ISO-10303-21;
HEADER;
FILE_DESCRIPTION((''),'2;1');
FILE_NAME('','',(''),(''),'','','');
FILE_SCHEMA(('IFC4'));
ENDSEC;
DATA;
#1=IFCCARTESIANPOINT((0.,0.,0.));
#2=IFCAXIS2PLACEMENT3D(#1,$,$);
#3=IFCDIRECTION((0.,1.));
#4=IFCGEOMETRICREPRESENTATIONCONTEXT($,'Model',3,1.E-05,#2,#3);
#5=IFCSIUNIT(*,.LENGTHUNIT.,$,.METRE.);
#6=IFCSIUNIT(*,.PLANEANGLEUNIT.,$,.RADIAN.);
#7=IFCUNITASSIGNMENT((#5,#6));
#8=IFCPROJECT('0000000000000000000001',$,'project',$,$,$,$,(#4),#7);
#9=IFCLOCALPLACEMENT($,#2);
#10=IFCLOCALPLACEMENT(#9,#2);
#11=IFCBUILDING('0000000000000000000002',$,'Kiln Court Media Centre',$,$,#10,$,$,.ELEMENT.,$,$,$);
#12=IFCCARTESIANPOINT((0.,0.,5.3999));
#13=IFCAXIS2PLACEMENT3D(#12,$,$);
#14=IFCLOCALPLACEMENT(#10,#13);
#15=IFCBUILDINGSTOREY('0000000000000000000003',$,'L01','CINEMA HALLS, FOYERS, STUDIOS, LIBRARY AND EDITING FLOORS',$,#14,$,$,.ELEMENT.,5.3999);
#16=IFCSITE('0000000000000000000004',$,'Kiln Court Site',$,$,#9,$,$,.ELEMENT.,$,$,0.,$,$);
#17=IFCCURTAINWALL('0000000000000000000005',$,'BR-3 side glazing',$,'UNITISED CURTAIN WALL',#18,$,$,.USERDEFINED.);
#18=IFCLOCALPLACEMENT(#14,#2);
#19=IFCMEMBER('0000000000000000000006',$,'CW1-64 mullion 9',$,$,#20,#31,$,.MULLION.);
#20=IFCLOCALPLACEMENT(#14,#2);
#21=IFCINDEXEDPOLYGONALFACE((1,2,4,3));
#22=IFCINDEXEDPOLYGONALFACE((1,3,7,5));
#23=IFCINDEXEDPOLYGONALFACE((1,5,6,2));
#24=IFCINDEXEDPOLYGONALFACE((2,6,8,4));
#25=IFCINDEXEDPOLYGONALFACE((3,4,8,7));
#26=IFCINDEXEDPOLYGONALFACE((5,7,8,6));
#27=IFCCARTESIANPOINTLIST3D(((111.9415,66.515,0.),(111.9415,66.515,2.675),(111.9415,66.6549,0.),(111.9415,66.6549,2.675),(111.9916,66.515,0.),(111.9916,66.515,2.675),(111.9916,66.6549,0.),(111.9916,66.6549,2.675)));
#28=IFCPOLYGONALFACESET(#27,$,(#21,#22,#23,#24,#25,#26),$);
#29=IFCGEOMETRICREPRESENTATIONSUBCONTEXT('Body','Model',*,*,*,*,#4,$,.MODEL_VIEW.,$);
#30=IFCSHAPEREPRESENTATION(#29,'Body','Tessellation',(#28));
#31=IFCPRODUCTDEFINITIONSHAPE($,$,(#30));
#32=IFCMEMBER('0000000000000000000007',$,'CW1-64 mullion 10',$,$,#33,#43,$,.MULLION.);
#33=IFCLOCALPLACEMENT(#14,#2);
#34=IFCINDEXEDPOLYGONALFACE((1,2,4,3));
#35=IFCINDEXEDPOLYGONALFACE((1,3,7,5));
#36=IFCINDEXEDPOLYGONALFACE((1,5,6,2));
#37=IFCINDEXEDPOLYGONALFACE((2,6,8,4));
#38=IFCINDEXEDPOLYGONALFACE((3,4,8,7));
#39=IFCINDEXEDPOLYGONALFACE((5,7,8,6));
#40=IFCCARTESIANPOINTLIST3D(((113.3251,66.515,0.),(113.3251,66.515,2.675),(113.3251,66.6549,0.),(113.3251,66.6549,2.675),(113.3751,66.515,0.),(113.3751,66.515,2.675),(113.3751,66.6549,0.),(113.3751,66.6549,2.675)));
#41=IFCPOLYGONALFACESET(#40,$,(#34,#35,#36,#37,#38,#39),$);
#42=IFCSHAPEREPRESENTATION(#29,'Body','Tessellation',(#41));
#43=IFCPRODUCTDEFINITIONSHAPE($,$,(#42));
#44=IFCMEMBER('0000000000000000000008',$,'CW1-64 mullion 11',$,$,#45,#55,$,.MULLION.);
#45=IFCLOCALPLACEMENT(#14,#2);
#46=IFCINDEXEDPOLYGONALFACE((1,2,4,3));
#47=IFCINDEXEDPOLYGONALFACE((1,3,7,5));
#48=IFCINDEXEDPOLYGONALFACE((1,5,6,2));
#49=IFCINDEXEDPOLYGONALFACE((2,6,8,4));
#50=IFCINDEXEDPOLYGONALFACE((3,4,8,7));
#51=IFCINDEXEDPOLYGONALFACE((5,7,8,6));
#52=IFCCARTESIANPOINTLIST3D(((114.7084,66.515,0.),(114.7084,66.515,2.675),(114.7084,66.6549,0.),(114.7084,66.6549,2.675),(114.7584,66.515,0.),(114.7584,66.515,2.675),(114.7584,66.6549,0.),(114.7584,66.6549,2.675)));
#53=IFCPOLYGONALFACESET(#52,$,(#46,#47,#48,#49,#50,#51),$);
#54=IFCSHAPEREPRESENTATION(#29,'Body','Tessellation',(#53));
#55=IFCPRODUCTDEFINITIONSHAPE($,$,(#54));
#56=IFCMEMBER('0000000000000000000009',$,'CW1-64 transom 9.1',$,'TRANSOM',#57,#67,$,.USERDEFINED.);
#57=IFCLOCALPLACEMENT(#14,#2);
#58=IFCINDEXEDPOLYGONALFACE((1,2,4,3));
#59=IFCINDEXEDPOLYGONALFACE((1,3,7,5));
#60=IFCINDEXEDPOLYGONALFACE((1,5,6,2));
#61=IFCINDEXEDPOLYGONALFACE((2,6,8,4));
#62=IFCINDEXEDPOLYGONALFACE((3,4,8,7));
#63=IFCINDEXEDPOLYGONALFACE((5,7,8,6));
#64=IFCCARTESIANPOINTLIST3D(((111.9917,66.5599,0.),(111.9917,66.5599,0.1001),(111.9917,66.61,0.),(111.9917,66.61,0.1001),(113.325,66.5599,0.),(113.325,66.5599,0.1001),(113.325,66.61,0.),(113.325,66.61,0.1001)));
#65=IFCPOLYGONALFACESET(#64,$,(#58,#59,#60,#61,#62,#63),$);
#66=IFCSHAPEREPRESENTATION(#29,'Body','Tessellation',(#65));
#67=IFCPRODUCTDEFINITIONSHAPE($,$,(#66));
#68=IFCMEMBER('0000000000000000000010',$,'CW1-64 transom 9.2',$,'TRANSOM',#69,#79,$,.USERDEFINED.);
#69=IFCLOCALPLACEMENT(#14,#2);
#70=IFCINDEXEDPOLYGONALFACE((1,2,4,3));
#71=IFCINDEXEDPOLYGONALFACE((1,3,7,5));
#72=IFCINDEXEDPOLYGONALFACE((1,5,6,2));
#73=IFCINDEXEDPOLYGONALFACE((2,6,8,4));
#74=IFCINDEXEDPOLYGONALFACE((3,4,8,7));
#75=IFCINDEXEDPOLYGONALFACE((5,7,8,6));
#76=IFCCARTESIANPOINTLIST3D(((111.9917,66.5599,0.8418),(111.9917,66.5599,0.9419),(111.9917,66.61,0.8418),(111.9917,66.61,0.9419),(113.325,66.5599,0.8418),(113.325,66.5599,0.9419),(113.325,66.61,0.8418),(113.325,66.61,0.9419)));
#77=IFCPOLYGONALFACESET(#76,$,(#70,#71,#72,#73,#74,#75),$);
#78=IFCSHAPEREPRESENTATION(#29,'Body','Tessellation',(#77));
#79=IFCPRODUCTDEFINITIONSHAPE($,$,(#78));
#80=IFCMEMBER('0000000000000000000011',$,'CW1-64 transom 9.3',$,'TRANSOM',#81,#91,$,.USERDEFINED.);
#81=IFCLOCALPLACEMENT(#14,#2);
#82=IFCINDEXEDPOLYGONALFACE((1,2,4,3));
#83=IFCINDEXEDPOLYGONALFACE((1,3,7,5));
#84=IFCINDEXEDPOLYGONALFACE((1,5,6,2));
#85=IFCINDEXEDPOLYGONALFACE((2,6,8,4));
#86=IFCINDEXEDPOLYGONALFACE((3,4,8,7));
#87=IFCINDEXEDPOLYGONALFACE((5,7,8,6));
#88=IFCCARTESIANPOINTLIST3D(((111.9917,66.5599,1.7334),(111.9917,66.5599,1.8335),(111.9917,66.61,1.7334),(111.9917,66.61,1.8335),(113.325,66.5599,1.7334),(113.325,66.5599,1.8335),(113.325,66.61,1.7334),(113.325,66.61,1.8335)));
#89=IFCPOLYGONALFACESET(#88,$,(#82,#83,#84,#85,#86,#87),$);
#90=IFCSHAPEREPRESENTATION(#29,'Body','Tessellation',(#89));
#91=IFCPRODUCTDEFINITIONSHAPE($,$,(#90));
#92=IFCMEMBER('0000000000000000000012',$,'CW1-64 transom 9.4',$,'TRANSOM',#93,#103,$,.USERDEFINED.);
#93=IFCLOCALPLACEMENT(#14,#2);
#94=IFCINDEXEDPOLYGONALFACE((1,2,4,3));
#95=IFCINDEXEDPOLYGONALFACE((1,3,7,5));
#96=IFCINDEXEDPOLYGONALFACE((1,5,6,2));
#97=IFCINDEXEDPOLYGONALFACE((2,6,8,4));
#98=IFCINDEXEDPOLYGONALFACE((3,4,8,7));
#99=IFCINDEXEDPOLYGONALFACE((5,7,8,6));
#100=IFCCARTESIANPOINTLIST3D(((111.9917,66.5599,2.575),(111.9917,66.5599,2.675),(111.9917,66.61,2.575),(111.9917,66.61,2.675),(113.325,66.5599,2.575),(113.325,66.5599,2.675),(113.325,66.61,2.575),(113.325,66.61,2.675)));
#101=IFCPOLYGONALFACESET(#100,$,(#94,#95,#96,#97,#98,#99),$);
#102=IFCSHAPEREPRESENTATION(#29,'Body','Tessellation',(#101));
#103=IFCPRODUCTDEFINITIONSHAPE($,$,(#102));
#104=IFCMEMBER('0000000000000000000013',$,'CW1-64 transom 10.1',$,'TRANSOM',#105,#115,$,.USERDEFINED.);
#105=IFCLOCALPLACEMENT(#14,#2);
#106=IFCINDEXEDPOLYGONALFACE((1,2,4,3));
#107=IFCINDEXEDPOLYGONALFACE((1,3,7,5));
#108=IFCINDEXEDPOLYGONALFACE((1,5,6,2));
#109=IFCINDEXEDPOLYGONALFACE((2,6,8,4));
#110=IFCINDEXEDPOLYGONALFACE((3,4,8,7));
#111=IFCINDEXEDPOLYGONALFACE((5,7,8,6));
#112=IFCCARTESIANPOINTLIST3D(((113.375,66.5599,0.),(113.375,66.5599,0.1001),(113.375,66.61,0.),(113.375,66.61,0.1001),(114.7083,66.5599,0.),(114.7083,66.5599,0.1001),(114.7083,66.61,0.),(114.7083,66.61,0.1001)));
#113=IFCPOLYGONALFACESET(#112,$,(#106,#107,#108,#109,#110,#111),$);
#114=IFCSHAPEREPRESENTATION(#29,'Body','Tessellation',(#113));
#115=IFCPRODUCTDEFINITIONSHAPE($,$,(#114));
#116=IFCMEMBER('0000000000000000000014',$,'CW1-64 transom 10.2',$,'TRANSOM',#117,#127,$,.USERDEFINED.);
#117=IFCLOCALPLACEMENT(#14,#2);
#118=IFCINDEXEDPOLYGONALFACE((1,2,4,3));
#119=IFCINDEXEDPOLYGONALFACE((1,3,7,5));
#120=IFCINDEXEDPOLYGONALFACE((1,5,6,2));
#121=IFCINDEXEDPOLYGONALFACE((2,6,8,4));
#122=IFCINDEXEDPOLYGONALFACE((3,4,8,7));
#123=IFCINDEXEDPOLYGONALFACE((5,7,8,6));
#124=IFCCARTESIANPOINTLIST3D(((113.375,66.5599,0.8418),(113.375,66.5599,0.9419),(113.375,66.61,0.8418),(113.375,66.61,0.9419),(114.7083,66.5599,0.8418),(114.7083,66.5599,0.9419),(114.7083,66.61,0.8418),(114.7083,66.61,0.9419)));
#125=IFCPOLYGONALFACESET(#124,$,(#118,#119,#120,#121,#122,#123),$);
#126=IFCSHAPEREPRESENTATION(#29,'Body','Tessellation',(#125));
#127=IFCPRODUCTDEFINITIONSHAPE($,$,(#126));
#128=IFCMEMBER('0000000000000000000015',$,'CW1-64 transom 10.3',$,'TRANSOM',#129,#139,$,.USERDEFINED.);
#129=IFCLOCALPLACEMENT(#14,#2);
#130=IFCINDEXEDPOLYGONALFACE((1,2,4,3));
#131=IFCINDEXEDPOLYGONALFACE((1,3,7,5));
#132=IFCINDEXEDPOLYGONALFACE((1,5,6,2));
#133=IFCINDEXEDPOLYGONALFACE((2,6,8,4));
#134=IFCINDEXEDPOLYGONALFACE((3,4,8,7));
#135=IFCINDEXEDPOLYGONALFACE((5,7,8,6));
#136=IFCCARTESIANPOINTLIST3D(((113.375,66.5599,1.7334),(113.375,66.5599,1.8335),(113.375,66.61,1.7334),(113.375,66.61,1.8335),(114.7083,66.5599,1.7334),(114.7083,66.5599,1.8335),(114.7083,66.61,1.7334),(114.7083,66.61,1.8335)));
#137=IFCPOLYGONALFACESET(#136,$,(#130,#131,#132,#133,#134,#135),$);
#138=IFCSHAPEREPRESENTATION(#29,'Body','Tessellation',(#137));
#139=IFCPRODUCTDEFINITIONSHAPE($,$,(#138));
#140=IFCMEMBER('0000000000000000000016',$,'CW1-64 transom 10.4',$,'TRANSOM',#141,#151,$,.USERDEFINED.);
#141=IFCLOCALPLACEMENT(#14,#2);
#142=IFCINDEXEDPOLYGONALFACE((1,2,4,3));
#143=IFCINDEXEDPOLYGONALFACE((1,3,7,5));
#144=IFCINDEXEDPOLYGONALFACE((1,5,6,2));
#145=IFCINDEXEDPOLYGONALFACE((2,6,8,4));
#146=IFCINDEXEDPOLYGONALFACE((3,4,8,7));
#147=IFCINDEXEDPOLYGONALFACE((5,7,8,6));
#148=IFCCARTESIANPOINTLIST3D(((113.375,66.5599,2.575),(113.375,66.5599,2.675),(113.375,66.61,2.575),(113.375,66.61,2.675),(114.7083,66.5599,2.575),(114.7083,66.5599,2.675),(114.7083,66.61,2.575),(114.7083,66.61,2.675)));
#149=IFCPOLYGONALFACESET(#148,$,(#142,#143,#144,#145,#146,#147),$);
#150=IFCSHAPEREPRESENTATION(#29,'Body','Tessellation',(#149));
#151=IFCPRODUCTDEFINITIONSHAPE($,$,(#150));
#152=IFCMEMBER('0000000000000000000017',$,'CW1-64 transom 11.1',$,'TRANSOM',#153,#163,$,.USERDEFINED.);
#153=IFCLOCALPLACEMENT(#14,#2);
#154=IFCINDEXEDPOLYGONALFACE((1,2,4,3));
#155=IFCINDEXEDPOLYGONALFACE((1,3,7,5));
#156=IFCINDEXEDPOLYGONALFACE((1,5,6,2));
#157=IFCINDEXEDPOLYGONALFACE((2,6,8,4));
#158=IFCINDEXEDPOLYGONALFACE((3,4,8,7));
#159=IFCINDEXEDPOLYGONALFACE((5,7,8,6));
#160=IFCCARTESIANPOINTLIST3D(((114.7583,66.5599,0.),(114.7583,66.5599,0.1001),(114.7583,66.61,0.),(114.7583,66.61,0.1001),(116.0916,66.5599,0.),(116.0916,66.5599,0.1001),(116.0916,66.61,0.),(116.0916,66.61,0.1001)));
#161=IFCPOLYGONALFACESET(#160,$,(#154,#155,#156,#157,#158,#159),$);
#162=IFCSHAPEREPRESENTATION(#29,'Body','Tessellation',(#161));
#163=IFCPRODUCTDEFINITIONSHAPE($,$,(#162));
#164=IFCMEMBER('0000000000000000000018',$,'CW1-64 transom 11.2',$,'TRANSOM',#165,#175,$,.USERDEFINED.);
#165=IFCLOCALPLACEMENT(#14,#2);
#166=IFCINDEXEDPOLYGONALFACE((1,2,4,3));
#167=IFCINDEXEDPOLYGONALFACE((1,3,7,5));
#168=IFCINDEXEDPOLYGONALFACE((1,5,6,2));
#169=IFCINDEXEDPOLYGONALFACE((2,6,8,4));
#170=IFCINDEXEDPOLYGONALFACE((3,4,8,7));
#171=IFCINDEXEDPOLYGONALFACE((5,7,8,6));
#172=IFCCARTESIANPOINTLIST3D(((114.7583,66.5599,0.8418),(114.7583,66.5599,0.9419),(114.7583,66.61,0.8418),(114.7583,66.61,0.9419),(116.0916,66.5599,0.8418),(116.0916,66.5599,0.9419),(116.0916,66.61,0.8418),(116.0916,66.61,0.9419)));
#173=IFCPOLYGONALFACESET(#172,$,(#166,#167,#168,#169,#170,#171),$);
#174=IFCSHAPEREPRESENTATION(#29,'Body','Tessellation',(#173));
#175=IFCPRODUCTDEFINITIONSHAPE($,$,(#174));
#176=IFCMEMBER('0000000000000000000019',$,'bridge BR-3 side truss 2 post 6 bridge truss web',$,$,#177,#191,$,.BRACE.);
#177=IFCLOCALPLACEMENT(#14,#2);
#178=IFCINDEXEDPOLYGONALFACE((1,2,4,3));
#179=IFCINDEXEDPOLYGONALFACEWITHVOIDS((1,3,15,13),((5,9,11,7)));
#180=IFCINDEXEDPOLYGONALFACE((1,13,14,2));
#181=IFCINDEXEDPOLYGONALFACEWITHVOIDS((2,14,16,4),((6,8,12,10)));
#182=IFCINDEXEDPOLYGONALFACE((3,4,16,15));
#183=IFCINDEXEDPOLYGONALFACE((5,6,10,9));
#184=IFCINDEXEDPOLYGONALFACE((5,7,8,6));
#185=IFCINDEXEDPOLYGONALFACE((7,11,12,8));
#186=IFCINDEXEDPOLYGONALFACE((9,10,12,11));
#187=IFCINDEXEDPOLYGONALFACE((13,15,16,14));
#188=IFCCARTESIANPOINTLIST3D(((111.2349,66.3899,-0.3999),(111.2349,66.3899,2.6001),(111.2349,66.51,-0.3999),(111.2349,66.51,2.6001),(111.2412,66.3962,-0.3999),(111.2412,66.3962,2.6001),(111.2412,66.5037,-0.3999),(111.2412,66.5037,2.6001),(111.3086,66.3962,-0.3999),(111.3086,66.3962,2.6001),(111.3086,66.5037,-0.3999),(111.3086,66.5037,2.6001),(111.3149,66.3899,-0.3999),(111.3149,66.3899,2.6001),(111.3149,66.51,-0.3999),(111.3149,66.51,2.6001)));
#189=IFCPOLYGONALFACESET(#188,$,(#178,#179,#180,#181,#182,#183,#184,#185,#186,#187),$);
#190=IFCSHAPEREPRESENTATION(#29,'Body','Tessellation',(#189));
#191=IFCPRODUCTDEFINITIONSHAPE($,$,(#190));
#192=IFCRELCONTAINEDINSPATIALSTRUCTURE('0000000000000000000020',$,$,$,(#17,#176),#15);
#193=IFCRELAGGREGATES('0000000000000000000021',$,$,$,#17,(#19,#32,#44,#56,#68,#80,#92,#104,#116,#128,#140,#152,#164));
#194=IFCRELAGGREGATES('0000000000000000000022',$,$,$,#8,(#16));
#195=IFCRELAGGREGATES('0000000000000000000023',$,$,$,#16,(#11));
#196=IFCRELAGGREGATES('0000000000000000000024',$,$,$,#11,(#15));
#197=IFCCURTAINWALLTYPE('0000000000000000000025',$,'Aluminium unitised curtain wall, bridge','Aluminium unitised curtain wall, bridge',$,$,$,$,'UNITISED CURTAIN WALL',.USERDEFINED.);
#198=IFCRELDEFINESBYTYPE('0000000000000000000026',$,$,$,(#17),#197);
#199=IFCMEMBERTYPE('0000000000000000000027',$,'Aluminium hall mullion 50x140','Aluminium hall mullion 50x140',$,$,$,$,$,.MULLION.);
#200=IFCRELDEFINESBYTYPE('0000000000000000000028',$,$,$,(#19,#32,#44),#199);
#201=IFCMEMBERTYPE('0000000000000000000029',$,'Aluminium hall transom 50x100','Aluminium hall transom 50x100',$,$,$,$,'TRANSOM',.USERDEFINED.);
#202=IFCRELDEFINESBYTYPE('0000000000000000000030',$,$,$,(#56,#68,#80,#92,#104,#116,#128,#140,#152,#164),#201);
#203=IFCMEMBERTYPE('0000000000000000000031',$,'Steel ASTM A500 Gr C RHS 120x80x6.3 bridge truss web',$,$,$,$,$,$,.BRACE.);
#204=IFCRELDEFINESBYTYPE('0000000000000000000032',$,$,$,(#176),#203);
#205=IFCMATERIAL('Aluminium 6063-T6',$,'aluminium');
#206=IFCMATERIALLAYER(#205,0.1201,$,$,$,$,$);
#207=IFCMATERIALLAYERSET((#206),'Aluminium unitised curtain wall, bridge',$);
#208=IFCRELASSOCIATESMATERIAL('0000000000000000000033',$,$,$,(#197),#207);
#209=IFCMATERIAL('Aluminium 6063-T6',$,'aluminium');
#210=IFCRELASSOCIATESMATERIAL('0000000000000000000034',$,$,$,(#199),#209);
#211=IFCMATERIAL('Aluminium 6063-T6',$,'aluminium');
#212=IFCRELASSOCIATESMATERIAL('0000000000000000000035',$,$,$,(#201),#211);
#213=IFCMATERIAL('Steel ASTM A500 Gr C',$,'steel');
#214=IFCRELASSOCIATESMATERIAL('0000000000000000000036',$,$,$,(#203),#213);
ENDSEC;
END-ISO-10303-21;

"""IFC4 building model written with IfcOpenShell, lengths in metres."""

from ifc_helpers import new_model, si_unit, direction, frame, origin, origin_2d, place, context, subcontext, project, spatial, rectangle, hollow_rectangle, extrude, material, layer, layer_set, material_profile, profile_set, type_object, element, aggregate, save


model = new_model("IFC4")

# Units and contexts
model_context = context("Model", 3, precision=1e-05, world=origin(), true_north=direction((0.0, 1.0)))
body_context = subcontext(model_context, "Body", "Model", "MODEL_VIEW")
ifc_project = project(units=[si_unit("LENGTHUNIT", "METRE"), si_unit("PLANEANGLEUNIT", "RADIAN")], contexts=[model_context])

# Site, building, storey
site_placement = place(None, origin())
site = spatial("IfcSite", under=ifc_project, at=site_placement, Name="Kiln Court Site", CompositionType="ELEMENT", RefElevation=0.0)
building_placement = place(site_placement, origin())
building = spatial("IfcBuilding", under=site, at=building_placement, Name="Kiln Court Media Centre", CompositionType="ELEMENT")
storey_placement = place(building_placement, frame((0.0, 0.0, 5.3999)))
storey = spatial("IfcBuildingStorey", under=building, at=storey_placement, Name="L01", Description="CINEMA HALLS, FOYERS, STUDIOS, LIBRARY AND EDITING FLOORS", CompositionType="ELEMENT", Elevation=5.3999)

# Curtain wall, members
ifc_material_1 = material(Name="Aluminium 6063-T6", Category="aluminium")
ifc_layer_1 = layer(ifc_material_1, 0.1201)
ifc_layer_set_1 = layer_set([ifc_layer_1], Name="Aluminium unitised curtain wall, bridge")
curtain_wall_type = type_object("IfcCurtainWallType", Name="Aluminium unitised curtain wall, bridge", Description="Aluminium unitised curtain wall, bridge", ElementType="UNITISED CURTAIN WALL", PredefinedType="USERDEFINED", material=ifc_layer_set_1)
curtain_wall_placement = place(storey_placement, origin())
curtain_wall = element("IfcCurtainWall", 1, at=curtain_wall_placement, inside=storey, type_object=curtain_wall_type, Name="BR-3 side glazing", ObjectType="UNITISED CURTAIN WALL", PredefinedType="USERDEFINED")
ifc_material_2 = material(Name="Aluminium 6063-T6", Category="aluminium")
ifc_material_profile_1 = material_profile(ifc_material_2, rectangle(XDim=0.05, YDim=0.1399, at=origin_2d()), Name="Aluminium hall mullion 50x140")
ifc_profile_set_1 = profile_set([ifc_material_profile_1], Name="Aluminium 6063-T6")
member_type_1 = type_object("IfcMemberType", Name="Aluminium hall mullion 50x140", Description="Aluminium hall mullion 50x140", PredefinedType="MULLION", material=ifc_profile_set_1)
member_1_placement = place(storey_placement, frame((111.9666, 66.585, 0.0), z_axis=(0.0, 0.0, 1.0), x_axis=(1.0, 0.0, 0.0)))
member_1 = element("IfcMember", 2, at=member_1_placement, type_object=member_type_1, Name="CW1-64 mullion 9", PredefinedType="MULLION", context=body_context, shape_type="SweptSolid", body=[
    extrude(rectangle(XDim=0.05, YDim=0.1399, at=origin_2d()), origin(), (0.0, 0.0, 1.0), 2.675),
])
member_2_placement = place(storey_placement, frame((113.3501, 66.585, 0.0), z_axis=(0.0, 0.0, 1.0), x_axis=(1.0, 0.0, 0.0)))
member_2 = element("IfcMember", 3, at=member_2_placement, type_object=member_type_1, Name="CW1-64 mullion 10", PredefinedType="MULLION", context=body_context, shape_type="SweptSolid", body=[
    extrude(rectangle(XDim=0.05, YDim=0.1399, at=origin_2d()), origin(), (0.0, 0.0, 1.0), 2.675),
])
member_3_placement = place(storey_placement, frame((114.7334, 66.585, 0.0), z_axis=(0.0, 0.0, 1.0), x_axis=(1.0, 0.0, 0.0)))
member_3 = element("IfcMember", 4, at=member_3_placement, type_object=member_type_1, Name="CW1-64 mullion 11", PredefinedType="MULLION", context=body_context, shape_type="SweptSolid", body=[
    extrude(rectangle(XDim=0.05, YDim=0.1399, at=origin_2d()), origin(), (0.0, 0.0, 1.0), 2.675),
])
ifc_material_3 = material(Name="Aluminium 6063-T6", Category="aluminium")
ifc_material_profile_2 = material_profile(ifc_material_3, rectangle(XDim=0.05, YDim=0.1001, at=origin_2d()), Name="Aluminium hall transom 50x100")
ifc_profile_set_2 = profile_set([ifc_material_profile_2], Name="Aluminium 6063-T6")
member_type_2 = type_object("IfcMemberType", Name="Aluminium hall transom 50x100", Description="Aluminium hall transom 50x100", ElementType="TRANSOM", PredefinedType="USERDEFINED", material=ifc_profile_set_2)
member_4_placement = place(storey_placement, frame((111.9917, 66.585, 0.05), z_axis=(1.0, 0.0, 0.0), x_axis=(0.0, 1.0, 0.0)))
member_4 = element("IfcMember", 5, at=member_4_placement, type_object=member_type_2, Name="CW1-64 transom 9.1", ObjectType="TRANSOM", PredefinedType="USERDEFINED", context=body_context, shape_type="SweptSolid", body=[
    extrude(rectangle(XDim=0.05, YDim=0.1001, at=origin_2d()), origin(), (0.0, 0.0, 1.0), 1.3333),
])
member_5_placement = place(storey_placement, frame((111.9917, 66.585, 0.8918), z_axis=(1.0, 0.0, 0.0), x_axis=(0.0, 1.0, 0.0)))
member_5 = element("IfcMember", 6, at=member_5_placement, type_object=member_type_2, Name="CW1-64 transom 9.2", ObjectType="TRANSOM", PredefinedType="USERDEFINED", context=body_context, shape_type="SweptSolid", body=[
    extrude(rectangle(XDim=0.05, YDim=0.1001, at=origin_2d()), origin(), (0.0, 0.0, 1.0), 1.3333),
])
member_6_placement = place(storey_placement, frame((111.9917, 66.585, 1.7834), z_axis=(1.0, 0.0, 0.0), x_axis=(0.0, 1.0, 0.0)))
member_6 = element("IfcMember", 7, at=member_6_placement, type_object=member_type_2, Name="CW1-64 transom 9.3", ObjectType="TRANSOM", PredefinedType="USERDEFINED", context=body_context, shape_type="SweptSolid", body=[
    extrude(rectangle(XDim=0.05, YDim=0.1001, at=origin_2d()), origin(), (0.0, 0.0, 1.0), 1.3333),
])
member_7_placement = place(storey_placement, frame((111.9917, 66.585, 2.625), z_axis=(1.0, 0.0, 0.0), x_axis=(0.0, 1.0, 0.0)))
member_7 = element("IfcMember", 8, at=member_7_placement, type_object=member_type_2, Name="CW1-64 transom 9.4", ObjectType="TRANSOM", PredefinedType="USERDEFINED", context=body_context, shape_type="SweptSolid", body=[
    extrude(rectangle(XDim=0.05, YDim=0.1001, at=origin_2d()), origin(), (0.0, 0.0, 1.0), 1.3333),
])
member_8_placement = place(storey_placement, frame((113.375, 66.585, 0.05), z_axis=(1.0, 0.0, 0.0), x_axis=(0.0, 1.0, 0.0)))
member_8 = element("IfcMember", 9, at=member_8_placement, type_object=member_type_2, Name="CW1-64 transom 10.1", ObjectType="TRANSOM", PredefinedType="USERDEFINED", context=body_context, shape_type="SweptSolid", body=[
    extrude(rectangle(XDim=0.05, YDim=0.1001, at=origin_2d()), origin(), (0.0, 0.0, 1.0), 1.3333),
])
member_9_placement = place(storey_placement, frame((113.375, 66.585, 0.8918), z_axis=(1.0, 0.0, 0.0), x_axis=(0.0, 1.0, 0.0)))
member_9 = element("IfcMember", 10, at=member_9_placement, type_object=member_type_2, Name="CW1-64 transom 10.2", ObjectType="TRANSOM", PredefinedType="USERDEFINED", context=body_context, shape_type="SweptSolid", body=[
    extrude(rectangle(XDim=0.05, YDim=0.1001, at=origin_2d()), origin(), (0.0, 0.0, 1.0), 1.3333),
])
member_10_placement = place(storey_placement, frame((113.375, 66.585, 1.7834), z_axis=(1.0, 0.0, 0.0), x_axis=(0.0, 1.0, 0.0)))
member_10 = element("IfcMember", 11, at=member_10_placement, type_object=member_type_2, Name="CW1-64 transom 10.3", ObjectType="TRANSOM", PredefinedType="USERDEFINED", context=body_context, shape_type="SweptSolid", body=[
    extrude(rectangle(XDim=0.05, YDim=0.1001, at=origin_2d()), origin(), (0.0, 0.0, 1.0), 1.3333),
])
member_11_placement = place(storey_placement, frame((113.375, 66.585, 2.625), z_axis=(1.0, 0.0, 0.0), x_axis=(0.0, 1.0, 0.0)))
member_11 = element("IfcMember", 12, at=member_11_placement, type_object=member_type_2, Name="CW1-64 transom 10.4", ObjectType="TRANSOM", PredefinedType="USERDEFINED", context=body_context, shape_type="SweptSolid", body=[
    extrude(rectangle(XDim=0.05, YDim=0.1001, at=origin_2d()), origin(), (0.0, 0.0, 1.0), 1.3333),
])
member_12_placement = place(storey_placement, frame((114.7583, 66.585, 0.05), z_axis=(1.0, 0.0, 0.0), x_axis=(0.0, 1.0, 0.0)))
member_12 = element("IfcMember", 13, at=member_12_placement, type_object=member_type_2, Name="CW1-64 transom 11.1", ObjectType="TRANSOM", PredefinedType="USERDEFINED", context=body_context, shape_type="SweptSolid", body=[
    extrude(rectangle(XDim=0.05, YDim=0.1001, at=origin_2d()), origin(), (0.0, 0.0, 1.0), 1.3333),
])
member_13_placement = place(storey_placement, frame((114.7583, 66.585, 0.8918), z_axis=(1.0, 0.0, 0.0), x_axis=(0.0, 1.0, 0.0)))
member_13 = element("IfcMember", 14, at=member_13_placement, type_object=member_type_2, Name="CW1-64 transom 11.2", ObjectType="TRANSOM", PredefinedType="USERDEFINED", context=body_context, shape_type="SweptSolid", body=[
    extrude(rectangle(XDim=0.05, YDim=0.1001, at=origin_2d()), origin(), (0.0, 0.0, 1.0), 1.3333),
])

# Member
ifc_material_4 = material(Name="Steel ASTM A500 Gr C", Category="steel")
ifc_material_profile_3 = material_profile(ifc_material_4, hollow_rectangle(XDim=0.0801, YDim=0.1201, WallThickness=0.0063, at=origin_2d()), Name="RHS 120x80x6.3")
ifc_profile_set_3 = profile_set([ifc_material_profile_3], Name="Steel ASTM A500 Gr C")
member_type_3 = type_object("IfcMemberType", Name="Steel ASTM A500 Gr C RHS 120x80x6.3 bridge truss web", PredefinedType="BRACE", material=ifc_profile_set_3)
for number, where, z_axis, x_axis, name in (
    (15, (111.2749, 66.45, -0.3999), (0.0, 0.0, 1.0), (1.0, 0.0, 0.0), "bridge BR-3 side truss 2 post 6 bridge truss web"),
):
    element("IfcMember", number, at=place(storey_placement, frame(where, z_axis=z_axis, x_axis=x_axis)), inside=storey, type_object=member_type_3, Name=name, PredefinedType="BRACE", context=body_context, shape_type="SweptSolid", body=[
        extrude(hollow_rectangle(XDim=0.0801, YDim=0.1201, WallThickness=0.0063, at=origin_2d()), origin(), (0.0, 0.0, 1.0), 3.0),
    ])

aggregate(curtain_wall, [member_1, member_2, member_3, member_4, member_5, member_6, member_7, member_8, member_9, member_10, member_11, member_12, member_13])

save(model, "model.ifc")
